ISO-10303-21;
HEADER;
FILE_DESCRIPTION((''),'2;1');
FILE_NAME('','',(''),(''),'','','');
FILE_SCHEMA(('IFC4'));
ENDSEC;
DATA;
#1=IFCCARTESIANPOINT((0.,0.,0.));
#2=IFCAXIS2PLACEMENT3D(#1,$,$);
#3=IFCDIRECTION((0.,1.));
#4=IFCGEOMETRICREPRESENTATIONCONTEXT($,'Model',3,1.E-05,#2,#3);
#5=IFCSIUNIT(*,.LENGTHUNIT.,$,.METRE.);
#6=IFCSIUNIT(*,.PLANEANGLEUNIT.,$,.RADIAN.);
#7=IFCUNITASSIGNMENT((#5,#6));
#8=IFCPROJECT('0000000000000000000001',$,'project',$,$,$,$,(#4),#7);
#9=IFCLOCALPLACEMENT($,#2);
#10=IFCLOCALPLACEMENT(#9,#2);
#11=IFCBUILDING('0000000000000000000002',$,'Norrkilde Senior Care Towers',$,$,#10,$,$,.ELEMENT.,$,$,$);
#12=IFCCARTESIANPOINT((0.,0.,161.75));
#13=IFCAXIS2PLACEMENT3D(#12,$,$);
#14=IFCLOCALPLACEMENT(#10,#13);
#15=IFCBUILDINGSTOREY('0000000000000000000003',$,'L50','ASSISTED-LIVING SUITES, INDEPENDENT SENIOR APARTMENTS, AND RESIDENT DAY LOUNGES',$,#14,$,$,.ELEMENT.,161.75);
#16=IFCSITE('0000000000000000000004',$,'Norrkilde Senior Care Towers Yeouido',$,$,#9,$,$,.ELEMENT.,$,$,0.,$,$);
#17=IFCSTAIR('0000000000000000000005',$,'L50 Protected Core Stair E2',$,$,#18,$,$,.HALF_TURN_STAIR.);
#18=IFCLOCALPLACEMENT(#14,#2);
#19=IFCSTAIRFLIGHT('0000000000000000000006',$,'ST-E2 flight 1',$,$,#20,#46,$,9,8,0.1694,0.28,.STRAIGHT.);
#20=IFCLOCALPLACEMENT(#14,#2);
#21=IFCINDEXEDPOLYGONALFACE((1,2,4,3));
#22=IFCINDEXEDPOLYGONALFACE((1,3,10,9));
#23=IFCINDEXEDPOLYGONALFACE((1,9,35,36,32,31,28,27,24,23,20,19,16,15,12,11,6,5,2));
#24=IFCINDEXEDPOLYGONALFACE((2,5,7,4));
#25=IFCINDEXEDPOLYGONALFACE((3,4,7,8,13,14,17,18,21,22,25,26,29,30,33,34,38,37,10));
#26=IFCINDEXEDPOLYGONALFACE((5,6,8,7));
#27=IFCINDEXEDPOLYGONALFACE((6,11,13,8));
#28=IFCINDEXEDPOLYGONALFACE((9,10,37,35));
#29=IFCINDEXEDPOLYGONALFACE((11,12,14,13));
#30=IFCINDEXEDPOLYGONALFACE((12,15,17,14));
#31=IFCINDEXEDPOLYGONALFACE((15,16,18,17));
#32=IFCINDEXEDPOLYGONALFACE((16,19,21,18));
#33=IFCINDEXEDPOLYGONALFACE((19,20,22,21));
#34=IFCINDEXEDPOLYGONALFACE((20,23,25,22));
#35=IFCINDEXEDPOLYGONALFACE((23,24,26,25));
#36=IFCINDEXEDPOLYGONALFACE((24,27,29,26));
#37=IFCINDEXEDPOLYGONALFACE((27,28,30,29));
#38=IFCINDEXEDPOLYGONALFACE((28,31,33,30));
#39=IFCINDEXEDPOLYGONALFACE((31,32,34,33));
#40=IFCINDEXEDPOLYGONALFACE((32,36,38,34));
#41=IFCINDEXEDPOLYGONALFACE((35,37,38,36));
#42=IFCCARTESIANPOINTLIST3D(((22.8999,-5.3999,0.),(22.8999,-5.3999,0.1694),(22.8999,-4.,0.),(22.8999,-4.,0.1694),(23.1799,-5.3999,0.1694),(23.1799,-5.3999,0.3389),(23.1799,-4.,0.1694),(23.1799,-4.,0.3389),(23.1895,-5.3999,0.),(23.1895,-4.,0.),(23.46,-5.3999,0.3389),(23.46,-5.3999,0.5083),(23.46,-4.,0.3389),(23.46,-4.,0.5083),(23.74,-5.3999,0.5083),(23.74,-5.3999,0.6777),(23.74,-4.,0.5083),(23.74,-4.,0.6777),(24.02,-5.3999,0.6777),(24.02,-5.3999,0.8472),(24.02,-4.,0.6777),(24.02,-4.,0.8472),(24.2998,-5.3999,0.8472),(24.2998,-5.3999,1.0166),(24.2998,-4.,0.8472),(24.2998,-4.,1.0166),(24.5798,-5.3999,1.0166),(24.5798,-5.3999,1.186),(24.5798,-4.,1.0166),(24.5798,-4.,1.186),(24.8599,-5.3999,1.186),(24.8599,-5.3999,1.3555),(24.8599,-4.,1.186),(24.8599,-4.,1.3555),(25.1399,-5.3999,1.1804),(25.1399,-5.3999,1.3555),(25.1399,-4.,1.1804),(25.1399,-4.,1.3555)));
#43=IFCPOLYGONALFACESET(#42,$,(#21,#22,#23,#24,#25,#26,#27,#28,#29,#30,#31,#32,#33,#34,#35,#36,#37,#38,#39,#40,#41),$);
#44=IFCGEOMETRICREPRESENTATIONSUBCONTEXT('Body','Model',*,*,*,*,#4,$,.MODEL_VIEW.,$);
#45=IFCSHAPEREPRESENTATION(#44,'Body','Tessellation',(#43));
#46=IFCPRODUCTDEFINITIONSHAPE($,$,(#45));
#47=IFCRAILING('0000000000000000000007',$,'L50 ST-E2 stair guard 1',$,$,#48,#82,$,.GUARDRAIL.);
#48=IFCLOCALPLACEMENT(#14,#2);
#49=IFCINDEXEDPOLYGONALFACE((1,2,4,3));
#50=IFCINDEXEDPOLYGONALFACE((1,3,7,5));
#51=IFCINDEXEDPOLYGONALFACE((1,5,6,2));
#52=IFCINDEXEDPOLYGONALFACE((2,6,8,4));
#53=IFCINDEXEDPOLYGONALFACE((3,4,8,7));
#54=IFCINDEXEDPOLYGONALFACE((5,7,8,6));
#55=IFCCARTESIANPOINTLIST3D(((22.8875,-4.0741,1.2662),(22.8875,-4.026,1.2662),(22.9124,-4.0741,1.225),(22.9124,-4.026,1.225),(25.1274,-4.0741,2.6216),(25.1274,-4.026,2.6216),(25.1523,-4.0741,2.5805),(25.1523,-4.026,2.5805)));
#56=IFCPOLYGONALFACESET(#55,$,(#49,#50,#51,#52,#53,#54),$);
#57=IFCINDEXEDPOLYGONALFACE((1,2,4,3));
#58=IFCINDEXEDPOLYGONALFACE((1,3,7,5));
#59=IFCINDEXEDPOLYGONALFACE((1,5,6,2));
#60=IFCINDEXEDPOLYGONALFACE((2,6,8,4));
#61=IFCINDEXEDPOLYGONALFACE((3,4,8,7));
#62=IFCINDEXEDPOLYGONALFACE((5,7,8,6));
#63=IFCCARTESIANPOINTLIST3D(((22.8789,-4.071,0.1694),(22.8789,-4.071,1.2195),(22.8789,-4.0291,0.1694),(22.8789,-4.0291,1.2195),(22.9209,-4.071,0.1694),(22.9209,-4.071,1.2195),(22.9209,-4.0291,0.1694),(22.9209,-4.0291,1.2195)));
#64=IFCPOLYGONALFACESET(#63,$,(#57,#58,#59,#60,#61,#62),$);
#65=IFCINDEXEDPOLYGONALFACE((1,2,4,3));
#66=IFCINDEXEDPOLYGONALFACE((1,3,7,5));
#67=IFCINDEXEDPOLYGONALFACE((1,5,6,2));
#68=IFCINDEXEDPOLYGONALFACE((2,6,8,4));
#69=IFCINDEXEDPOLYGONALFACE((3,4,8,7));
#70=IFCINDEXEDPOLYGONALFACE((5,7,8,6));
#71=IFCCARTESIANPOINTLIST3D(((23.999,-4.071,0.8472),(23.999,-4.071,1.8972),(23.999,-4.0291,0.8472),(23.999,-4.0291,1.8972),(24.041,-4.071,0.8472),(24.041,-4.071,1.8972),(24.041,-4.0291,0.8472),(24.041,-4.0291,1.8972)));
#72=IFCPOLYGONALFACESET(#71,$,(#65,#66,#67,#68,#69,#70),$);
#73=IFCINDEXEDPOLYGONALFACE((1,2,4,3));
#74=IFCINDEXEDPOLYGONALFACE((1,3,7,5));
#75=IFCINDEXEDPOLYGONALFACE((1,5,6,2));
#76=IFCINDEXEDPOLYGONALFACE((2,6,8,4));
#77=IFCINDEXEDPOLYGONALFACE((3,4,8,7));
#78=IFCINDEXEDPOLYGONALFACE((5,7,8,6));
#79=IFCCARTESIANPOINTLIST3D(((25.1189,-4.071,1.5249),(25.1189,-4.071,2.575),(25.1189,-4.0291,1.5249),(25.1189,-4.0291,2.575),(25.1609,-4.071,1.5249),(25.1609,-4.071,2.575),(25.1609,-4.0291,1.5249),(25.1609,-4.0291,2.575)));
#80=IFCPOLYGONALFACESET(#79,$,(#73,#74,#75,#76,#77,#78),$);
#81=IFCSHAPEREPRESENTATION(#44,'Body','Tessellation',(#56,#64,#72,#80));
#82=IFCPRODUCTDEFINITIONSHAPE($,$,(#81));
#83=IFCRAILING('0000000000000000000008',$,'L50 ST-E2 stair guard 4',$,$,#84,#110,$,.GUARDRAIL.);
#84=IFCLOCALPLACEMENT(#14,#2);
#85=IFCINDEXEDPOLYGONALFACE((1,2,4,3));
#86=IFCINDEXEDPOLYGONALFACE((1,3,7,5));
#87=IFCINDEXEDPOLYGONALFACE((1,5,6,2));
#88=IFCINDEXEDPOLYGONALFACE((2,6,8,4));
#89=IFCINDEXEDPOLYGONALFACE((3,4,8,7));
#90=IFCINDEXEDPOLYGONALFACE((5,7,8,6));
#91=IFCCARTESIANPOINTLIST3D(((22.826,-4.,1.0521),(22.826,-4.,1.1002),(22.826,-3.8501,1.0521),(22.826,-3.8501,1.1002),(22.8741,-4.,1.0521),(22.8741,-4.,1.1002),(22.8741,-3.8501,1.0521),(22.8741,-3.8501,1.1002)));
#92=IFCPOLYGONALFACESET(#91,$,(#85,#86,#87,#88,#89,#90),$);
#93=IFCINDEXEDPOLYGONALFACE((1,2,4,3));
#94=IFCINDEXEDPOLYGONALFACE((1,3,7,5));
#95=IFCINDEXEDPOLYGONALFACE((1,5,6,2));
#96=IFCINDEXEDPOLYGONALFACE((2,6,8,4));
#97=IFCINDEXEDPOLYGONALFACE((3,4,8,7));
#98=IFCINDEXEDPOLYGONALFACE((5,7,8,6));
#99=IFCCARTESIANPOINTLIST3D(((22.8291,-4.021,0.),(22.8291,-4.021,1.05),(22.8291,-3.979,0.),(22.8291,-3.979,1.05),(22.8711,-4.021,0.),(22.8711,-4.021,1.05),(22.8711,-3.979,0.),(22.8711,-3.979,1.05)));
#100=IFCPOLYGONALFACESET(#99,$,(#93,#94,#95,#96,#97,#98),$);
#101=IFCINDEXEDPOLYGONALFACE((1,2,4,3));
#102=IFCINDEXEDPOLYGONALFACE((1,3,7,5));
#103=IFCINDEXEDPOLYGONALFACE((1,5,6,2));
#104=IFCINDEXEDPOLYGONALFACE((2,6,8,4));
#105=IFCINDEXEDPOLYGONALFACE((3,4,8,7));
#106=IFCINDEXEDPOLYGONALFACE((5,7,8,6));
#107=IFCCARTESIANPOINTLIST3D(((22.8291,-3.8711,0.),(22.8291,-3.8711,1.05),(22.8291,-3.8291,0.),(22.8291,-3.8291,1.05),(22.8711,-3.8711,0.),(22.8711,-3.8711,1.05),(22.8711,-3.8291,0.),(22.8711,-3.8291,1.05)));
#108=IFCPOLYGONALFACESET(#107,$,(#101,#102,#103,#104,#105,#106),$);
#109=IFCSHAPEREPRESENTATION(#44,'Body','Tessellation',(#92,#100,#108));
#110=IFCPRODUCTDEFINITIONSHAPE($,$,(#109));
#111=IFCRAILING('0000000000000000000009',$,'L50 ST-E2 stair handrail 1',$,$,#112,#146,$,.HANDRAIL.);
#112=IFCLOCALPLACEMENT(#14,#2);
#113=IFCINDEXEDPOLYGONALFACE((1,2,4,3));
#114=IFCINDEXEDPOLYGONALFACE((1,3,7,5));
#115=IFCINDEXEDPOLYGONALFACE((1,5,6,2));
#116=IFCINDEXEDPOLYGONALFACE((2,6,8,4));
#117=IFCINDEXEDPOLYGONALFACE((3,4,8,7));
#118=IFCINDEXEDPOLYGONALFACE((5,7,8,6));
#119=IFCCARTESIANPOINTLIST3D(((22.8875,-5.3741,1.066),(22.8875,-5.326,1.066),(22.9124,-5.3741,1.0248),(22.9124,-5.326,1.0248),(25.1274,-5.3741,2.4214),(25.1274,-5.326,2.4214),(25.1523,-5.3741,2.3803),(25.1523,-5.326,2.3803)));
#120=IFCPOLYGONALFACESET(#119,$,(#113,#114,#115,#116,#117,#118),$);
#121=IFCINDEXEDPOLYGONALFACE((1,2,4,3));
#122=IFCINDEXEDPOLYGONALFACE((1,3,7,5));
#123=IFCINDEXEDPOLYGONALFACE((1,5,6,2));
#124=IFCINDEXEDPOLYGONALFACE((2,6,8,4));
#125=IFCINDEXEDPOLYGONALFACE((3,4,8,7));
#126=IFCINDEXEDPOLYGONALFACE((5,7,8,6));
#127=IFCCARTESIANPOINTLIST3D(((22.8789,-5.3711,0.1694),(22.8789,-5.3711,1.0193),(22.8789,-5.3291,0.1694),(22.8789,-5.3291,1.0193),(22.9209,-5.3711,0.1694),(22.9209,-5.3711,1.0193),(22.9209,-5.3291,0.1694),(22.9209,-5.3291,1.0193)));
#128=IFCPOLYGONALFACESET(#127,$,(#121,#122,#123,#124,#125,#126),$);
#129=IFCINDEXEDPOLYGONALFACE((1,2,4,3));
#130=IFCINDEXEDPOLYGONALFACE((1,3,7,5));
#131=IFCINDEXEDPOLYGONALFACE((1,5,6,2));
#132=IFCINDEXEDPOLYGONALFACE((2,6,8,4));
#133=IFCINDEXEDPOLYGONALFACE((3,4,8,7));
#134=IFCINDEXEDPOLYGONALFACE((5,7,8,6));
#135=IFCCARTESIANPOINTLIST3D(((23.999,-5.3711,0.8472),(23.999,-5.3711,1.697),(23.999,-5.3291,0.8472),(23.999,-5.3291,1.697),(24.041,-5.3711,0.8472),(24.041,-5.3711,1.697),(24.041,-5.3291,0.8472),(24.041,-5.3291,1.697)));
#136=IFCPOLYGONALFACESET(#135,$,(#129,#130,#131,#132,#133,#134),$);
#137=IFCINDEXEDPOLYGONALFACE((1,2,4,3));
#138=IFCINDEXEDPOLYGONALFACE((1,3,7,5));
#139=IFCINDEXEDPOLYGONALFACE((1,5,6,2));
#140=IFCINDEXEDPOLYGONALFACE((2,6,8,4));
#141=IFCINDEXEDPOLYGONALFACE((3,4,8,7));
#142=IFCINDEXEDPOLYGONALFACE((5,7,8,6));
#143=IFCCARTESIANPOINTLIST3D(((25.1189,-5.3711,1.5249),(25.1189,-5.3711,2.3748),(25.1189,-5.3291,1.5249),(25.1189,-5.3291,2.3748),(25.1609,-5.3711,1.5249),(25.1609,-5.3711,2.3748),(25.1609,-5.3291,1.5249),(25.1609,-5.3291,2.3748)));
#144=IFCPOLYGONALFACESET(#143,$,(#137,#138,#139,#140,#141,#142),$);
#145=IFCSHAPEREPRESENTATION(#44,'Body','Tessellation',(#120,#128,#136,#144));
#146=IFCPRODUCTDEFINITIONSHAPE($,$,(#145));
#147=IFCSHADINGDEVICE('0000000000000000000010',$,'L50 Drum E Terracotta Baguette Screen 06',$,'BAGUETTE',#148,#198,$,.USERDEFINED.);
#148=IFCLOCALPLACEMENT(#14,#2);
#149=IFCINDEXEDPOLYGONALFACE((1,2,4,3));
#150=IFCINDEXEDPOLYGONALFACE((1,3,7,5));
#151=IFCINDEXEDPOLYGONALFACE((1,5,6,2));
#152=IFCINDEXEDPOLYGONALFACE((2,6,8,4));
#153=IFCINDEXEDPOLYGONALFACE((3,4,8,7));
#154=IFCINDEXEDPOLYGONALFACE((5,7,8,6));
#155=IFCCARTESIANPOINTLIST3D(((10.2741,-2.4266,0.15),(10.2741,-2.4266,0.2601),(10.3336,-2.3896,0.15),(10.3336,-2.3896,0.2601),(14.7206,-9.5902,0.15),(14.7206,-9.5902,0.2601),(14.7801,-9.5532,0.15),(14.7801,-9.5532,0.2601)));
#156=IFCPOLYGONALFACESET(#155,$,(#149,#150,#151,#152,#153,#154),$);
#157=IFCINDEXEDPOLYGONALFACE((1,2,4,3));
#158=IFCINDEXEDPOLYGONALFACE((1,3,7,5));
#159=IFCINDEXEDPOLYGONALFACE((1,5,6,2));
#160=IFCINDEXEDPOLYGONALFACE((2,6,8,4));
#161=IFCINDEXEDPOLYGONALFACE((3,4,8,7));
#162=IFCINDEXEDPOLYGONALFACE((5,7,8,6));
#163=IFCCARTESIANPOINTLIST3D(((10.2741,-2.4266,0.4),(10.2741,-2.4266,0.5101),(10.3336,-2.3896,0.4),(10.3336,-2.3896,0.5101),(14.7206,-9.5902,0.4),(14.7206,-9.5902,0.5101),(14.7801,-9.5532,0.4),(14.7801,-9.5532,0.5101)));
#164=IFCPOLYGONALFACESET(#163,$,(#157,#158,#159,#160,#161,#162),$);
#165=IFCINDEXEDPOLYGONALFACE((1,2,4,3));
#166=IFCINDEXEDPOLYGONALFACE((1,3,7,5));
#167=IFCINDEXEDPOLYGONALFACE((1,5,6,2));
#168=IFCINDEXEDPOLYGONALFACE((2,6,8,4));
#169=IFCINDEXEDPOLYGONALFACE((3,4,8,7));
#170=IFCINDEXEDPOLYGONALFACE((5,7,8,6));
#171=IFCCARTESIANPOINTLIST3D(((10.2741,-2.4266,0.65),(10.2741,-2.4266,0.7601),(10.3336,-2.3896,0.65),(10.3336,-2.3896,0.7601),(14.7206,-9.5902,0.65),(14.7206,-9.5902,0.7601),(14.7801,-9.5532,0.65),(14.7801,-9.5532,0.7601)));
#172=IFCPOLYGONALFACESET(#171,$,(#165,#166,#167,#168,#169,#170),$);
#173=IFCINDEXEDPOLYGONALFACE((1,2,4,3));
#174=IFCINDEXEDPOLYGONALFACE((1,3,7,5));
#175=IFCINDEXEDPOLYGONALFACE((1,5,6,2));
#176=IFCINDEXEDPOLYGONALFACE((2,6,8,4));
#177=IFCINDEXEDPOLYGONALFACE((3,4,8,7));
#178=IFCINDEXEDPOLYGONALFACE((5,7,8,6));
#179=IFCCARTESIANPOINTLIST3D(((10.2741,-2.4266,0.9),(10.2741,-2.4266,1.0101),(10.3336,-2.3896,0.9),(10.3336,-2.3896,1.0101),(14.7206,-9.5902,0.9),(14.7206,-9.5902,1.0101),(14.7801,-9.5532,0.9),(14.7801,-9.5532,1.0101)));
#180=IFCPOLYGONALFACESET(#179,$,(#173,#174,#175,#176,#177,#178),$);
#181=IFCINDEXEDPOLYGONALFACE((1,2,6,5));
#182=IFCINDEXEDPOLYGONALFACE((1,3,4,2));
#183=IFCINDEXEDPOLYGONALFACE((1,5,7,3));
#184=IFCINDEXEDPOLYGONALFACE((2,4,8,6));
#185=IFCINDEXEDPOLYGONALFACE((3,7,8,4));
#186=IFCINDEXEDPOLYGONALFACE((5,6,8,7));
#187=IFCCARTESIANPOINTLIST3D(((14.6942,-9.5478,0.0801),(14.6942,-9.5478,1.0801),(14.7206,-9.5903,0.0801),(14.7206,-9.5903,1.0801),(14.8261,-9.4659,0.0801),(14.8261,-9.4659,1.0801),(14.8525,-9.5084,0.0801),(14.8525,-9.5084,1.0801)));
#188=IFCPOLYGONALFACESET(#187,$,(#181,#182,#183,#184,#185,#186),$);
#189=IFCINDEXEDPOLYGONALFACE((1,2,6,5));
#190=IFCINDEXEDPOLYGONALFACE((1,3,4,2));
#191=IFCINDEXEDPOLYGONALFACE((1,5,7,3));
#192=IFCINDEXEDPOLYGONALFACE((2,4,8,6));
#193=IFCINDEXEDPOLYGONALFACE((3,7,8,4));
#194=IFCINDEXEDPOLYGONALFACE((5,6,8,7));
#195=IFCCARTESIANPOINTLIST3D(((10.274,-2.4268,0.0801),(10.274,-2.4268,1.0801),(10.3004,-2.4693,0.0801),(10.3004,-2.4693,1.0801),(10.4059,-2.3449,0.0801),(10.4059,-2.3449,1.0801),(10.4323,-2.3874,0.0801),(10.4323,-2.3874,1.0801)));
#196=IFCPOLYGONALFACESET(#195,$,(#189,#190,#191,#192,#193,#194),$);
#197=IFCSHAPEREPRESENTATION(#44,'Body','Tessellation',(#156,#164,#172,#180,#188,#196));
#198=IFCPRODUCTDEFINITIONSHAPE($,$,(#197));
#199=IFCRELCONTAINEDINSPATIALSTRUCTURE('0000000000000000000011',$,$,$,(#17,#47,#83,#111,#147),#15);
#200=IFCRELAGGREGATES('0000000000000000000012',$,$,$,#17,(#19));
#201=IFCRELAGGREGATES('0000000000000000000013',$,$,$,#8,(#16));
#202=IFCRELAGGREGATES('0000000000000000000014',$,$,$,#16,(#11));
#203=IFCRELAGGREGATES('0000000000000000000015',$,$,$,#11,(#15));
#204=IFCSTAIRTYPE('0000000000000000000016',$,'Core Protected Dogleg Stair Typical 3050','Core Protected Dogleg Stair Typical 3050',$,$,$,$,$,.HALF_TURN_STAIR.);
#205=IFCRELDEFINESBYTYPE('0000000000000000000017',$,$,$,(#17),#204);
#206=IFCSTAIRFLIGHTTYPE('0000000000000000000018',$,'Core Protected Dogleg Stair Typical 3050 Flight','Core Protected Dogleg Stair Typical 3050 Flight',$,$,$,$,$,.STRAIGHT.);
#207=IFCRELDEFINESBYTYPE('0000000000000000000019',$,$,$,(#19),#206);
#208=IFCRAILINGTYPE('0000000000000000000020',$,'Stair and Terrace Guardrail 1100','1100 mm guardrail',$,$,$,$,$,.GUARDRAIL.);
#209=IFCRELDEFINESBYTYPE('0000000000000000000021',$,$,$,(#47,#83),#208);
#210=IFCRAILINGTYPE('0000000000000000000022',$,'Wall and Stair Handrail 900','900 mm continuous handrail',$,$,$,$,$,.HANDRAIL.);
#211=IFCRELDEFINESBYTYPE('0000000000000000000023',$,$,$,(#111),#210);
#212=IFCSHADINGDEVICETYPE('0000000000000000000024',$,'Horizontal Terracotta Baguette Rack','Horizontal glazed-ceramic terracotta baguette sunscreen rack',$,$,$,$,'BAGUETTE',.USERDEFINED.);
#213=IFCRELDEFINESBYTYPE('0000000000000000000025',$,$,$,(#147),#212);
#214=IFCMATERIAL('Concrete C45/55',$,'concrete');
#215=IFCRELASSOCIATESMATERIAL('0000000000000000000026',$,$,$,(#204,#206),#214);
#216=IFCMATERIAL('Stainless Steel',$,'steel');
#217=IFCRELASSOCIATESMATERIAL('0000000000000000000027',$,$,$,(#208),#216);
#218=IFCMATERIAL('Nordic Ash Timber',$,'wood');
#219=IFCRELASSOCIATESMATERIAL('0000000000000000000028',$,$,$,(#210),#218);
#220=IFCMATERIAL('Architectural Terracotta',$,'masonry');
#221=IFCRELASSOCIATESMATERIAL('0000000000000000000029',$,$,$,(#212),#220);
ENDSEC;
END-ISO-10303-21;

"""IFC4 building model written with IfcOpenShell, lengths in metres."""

from ifc_helpers import new_model, si_unit, direction, frame, origin, origin_2d, place, context, subcontext, project, spatial, polyline, rectangle, outline, extrude, source, transform, mapped, material, type_object, type_shapes, element, aggregate, save


model = new_model("IFC4")

# Units and contexts
model_context = context("Model", 3, precision=1e-05, world=origin(), true_north=direction((0.0, 1.0)))
body_context = subcontext(model_context, "Body", "Model", "MODEL_VIEW")
ifc_project = project(units=[si_unit("LENGTHUNIT", "METRE"), si_unit("PLANEANGLEUNIT", "RADIAN")], contexts=[model_context])

# Site, building, storey
site_placement = place(None, origin())
site = spatial("IfcSite", under=ifc_project, at=site_placement, Name="Norrkilde Senior Care Towers Yeouido", CompositionType="ELEMENT", RefElevation=0.0)
building_placement = place(site_placement, origin())
building = spatial("IfcBuilding", under=site, at=building_placement, Name="Norrkilde Senior Care Towers", CompositionType="ELEMENT")
storey_placement = place(building_placement, frame((0.0, 0.0, 161.75)))
storey = spatial("IfcBuildingStorey", under=building, at=storey_placement, Name="L50", Description="ASSISTED-LIVING SUITES, INDEPENDENT SENIOR APARTMENTS, AND RESIDENT DAY LOUNGES", CompositionType="ELEMENT", Elevation=161.75)

# Shared definitions
ifc_material_1 = material(Name="Concrete C45/55", Category="concrete")

# Stair, stair flight
stair_type = type_object("IfcStairType", Name="Core Protected Dogleg Stair Typical 3050", Description="Core Protected Dogleg Stair Typical 3050", PredefinedType="HALF_TURN_STAIR", material=ifc_material_1)
stair_placement = place(storey_placement, origin())
stair = element("IfcStair", 1, at=stair_placement, inside=storey, type_object=stair_type, Name="L50 Protected Core Stair E2", PredefinedType="HALF_TURN_STAIR")
stair_flight_type = type_object("IfcStairFlightType", Name="Core Protected Dogleg Stair Typical 3050 Flight", Description="Core Protected Dogleg Stair Typical 3050 Flight", PredefinedType="STRAIGHT", material=ifc_material_1)
stair_flight_placement = place(storey_placement, frame((22.8999, -4.7, 0.0), z_axis=(0.0, 0.0, 1.0), x_axis=(1.0, 0.0, 0.0)))
stair_flight = element("IfcStairFlight", 2, at=stair_flight_placement, type_object=stair_flight_type, Name="ST-E2 flight 1", NumberOfRisers=9, NumberOfTreads=8, PredefinedType="STRAIGHT", RiserHeight=0.1694, TreadLength=0.28, context=body_context, shape_type="SweptSolid", body=[
    extrude(outline(polyline([(0.0, 0.0), (0.0, 0.1694), (0.28, 0.1694), (0.28, 0.3389), (0.5601, 0.3389), (0.5601, 0.5083), (0.8401, 0.5083), (0.8401, 0.6777), (1.1201, 0.6777), (1.1201, 0.8472), (1.3999, 0.8472), (1.3999, 1.0166), (1.6799, 1.0166), (1.6799, 1.186), (1.96, 1.186), (1.96, 1.3555), (2.24, 1.3555), (2.24, 1.5249), (2.24, 1.1804), (0.2896, 0.0), (0.0, 0.0)])), frame((0.0, 0.7, 0.0), z_axis=(0.0, -1.0, 0.0), x_axis=(1.0, 0.0, 0.0)), (0.0, 0.0, 1.0), 1.3999),
])
aggregate(stair, [stair_flight])

# Railings
ifc_material_2 = material(Name="Stainless Steel", Category="steel")
railing_type_1 = type_object("IfcRailingType", Name="Stair and Terrace Guardrail 1100", Description="1100 mm guardrail", PredefinedType="GUARDRAIL", material=ifc_material_2)
railing_1_placement = place(storey_placement, frame((22.8999, -4.05, 0.1694)))
element("IfcRailing", 3, at=railing_1_placement, inside=storey, type_object=railing_type_1, Name="L50 ST-E2 stair guard 1", PredefinedType="GUARDRAIL", context=body_context, shape_type="SweptSolid", body=[
    extrude(rectangle(XDim=0.0481, YDim=0.0481, at=origin_2d()), frame((0.0, 0.0, 1.0762), z_axis=(0.855553, 0.0, 0.517715), x_axis=(0.0, 1.0, 0.0)), (0.0, 0.0, 1.0), 2.6182),
    extrude(rectangle(XDim=0.042, YDim=0.042, at=origin_2d()), origin(), (0.0, 0.0, 1.0), 1.05),
    extrude(rectangle(XDim=0.042, YDim=0.042, at=origin_2d()), frame((1.1201, 0.0, 0.6777)), (0.0, 0.0, 1.0), 1.05),
    extrude(rectangle(XDim=0.042, YDim=0.042, at=origin_2d()), frame((2.24, 0.0, 1.3555)), (0.0, 0.0, 1.0), 1.05),
])
railing_2_placement = place(storey_placement, frame((22.8501, -4.0, 0.0)))
element("IfcRailing", 4, at=railing_2_placement, inside=storey, type_object=railing_type_1, Name="L50 ST-E2 stair guard 4", PredefinedType="GUARDRAIL", context=body_context, shape_type="SweptSolid", body=[
    extrude(rectangle(XDim=0.0481, YDim=0.0481, at=origin_2d()), frame((0.0, 0.0, 1.0762), z_axis=(0.0, 1.0, 0.0), x_axis=(-1.0, 0.0, 0.0)), (0.0, 0.0, 1.0), 0.1499),
    extrude(rectangle(XDim=0.042, YDim=0.042, at=origin_2d()), origin(), (0.0, 0.0, 1.0), 1.05),
    extrude(rectangle(XDim=0.042, YDim=0.042, at=origin_2d()), frame((0.0, 0.1499, 0.0)), (0.0, 0.0, 1.0), 1.05),
])
ifc_material_3 = material(Name="Nordic Ash Timber", Category="wood")
railing_type_2 = type_object("IfcRailingType", Name="Wall and Stair Handrail 900", Description="900 mm continuous handrail", PredefinedType="HANDRAIL", material=ifc_material_3)
railing_3_placement = place(storey_placement, frame((22.8999, -5.3501, 0.1694)))
element("IfcRailing", 5, at=railing_3_placement, inside=storey, type_object=railing_type_2, Name="L50 ST-E2 stair handrail 1", PredefinedType="HANDRAIL", context=body_context, shape_type="SweptSolid", body=[
    extrude(rectangle(XDim=0.0481, YDim=0.0481, at=origin_2d()), frame((0.0, 0.0, 0.876), z_axis=(0.855553, 0.0, 0.517715), x_axis=(0.0, 1.0, 0.0)), (0.0, 0.0, 1.0), 2.6182),
    extrude(rectangle(XDim=0.042, YDim=0.042, at=origin_2d()), origin(), (0.0, 0.0, 1.0), 0.8499),
    extrude(rectangle(XDim=0.042, YDim=0.042, at=origin_2d()), frame((1.1201, 0.0, 0.6777)), (0.0, 0.0, 1.0), 0.8499),
    extrude(rectangle(XDim=0.042, YDim=0.042, at=origin_2d()), frame((2.24, 0.0, 1.3555)), (0.0, 0.0, 1.0), 0.8499),
])

# Shading device
ifc_material_4 = material(Name="Architectural Terracotta", Category="masonry")
shading_device_type = type_object("IfcShadingDeviceType", Name="Horizontal Terracotta Baguette Rack", Description="Horizontal glazed-ceramic terracotta baguette sunscreen rack", ElementType="BAGUETTE", PredefinedType="USERDEFINED", material=ifc_material_4)
shared_shape_1 = source(origin(), body_context, "Body", "SweptSolid", [
    extrude(rectangle(XDim=0.0701, YDim=0.1101, at=origin_2d()), frame((0.0, 0.0901, 0.125), z_axis=(1.0, 0.0, 0.0), x_axis=(0.0, 1.0, 0.0)), (0.0, 0.0, 1.0), 8.4314),
    extrude(rectangle(XDim=0.0701, YDim=0.1101, at=origin_2d()), frame((0.0, 0.0901, 0.375), z_axis=(1.0, 0.0, 0.0), x_axis=(0.0, 1.0, 0.0)), (0.0, 0.0, 1.0), 8.4314),
    extrude(rectangle(XDim=0.0701, YDim=0.1101, at=origin_2d()), frame((0.0, 0.0901, 0.625), z_axis=(1.0, 0.0, 0.0), x_axis=(0.0, 1.0, 0.0)), (0.0, 0.0, 1.0), 8.4314),
    extrude(rectangle(XDim=0.0701, YDim=0.1101, at=origin_2d()), frame((0.0, 0.0901, 0.875), z_axis=(1.0, 0.0, 0.0), x_axis=(0.0, 1.0, 0.0)), (0.0, 0.0, 1.0), 8.4314),
    extrude(rectangle(XDim=0.05, YDim=0.1553, at=origin_2d()), frame((0.0249, 0.0476, 0.0)), (0.0, 0.0, 1.0), 1.0),
    extrude(rectangle(XDim=0.05, YDim=0.1553, at=origin_2d()), frame((8.4062, 0.0476, 0.0)), (0.0, 0.0, 1.0), 1.0),
])
type_shapes(shading_device_type, [shared_shape_1])
shading_device_placement = place(storey_placement, frame((14.8269, -9.5242, 0.0801), z_axis=(0.0, 0.0, 1.0), x_axis=(-0.527378, 0.849631, 0.0)))
element("IfcShadingDevice", 6, at=shading_device_placement, inside=storey, type_object=shading_device_type, Name="L50 Drum E Terracotta Baguette Screen 06", ObjectType="BAGUETTE", PredefinedType="USERDEFINED", context=body_context, shape_type="MappedRepresentation", body=[
    mapped(shared_shape_1, transform((0.0, 0.0, 0.0), x_axis=(1.0, 0.0, 0.0), y_axis=(0.0, 1.0, 0.0), z_axis=(0.0, 0.0, 1.0), scale=1.0)),
])

save(model, "model.ifc")
